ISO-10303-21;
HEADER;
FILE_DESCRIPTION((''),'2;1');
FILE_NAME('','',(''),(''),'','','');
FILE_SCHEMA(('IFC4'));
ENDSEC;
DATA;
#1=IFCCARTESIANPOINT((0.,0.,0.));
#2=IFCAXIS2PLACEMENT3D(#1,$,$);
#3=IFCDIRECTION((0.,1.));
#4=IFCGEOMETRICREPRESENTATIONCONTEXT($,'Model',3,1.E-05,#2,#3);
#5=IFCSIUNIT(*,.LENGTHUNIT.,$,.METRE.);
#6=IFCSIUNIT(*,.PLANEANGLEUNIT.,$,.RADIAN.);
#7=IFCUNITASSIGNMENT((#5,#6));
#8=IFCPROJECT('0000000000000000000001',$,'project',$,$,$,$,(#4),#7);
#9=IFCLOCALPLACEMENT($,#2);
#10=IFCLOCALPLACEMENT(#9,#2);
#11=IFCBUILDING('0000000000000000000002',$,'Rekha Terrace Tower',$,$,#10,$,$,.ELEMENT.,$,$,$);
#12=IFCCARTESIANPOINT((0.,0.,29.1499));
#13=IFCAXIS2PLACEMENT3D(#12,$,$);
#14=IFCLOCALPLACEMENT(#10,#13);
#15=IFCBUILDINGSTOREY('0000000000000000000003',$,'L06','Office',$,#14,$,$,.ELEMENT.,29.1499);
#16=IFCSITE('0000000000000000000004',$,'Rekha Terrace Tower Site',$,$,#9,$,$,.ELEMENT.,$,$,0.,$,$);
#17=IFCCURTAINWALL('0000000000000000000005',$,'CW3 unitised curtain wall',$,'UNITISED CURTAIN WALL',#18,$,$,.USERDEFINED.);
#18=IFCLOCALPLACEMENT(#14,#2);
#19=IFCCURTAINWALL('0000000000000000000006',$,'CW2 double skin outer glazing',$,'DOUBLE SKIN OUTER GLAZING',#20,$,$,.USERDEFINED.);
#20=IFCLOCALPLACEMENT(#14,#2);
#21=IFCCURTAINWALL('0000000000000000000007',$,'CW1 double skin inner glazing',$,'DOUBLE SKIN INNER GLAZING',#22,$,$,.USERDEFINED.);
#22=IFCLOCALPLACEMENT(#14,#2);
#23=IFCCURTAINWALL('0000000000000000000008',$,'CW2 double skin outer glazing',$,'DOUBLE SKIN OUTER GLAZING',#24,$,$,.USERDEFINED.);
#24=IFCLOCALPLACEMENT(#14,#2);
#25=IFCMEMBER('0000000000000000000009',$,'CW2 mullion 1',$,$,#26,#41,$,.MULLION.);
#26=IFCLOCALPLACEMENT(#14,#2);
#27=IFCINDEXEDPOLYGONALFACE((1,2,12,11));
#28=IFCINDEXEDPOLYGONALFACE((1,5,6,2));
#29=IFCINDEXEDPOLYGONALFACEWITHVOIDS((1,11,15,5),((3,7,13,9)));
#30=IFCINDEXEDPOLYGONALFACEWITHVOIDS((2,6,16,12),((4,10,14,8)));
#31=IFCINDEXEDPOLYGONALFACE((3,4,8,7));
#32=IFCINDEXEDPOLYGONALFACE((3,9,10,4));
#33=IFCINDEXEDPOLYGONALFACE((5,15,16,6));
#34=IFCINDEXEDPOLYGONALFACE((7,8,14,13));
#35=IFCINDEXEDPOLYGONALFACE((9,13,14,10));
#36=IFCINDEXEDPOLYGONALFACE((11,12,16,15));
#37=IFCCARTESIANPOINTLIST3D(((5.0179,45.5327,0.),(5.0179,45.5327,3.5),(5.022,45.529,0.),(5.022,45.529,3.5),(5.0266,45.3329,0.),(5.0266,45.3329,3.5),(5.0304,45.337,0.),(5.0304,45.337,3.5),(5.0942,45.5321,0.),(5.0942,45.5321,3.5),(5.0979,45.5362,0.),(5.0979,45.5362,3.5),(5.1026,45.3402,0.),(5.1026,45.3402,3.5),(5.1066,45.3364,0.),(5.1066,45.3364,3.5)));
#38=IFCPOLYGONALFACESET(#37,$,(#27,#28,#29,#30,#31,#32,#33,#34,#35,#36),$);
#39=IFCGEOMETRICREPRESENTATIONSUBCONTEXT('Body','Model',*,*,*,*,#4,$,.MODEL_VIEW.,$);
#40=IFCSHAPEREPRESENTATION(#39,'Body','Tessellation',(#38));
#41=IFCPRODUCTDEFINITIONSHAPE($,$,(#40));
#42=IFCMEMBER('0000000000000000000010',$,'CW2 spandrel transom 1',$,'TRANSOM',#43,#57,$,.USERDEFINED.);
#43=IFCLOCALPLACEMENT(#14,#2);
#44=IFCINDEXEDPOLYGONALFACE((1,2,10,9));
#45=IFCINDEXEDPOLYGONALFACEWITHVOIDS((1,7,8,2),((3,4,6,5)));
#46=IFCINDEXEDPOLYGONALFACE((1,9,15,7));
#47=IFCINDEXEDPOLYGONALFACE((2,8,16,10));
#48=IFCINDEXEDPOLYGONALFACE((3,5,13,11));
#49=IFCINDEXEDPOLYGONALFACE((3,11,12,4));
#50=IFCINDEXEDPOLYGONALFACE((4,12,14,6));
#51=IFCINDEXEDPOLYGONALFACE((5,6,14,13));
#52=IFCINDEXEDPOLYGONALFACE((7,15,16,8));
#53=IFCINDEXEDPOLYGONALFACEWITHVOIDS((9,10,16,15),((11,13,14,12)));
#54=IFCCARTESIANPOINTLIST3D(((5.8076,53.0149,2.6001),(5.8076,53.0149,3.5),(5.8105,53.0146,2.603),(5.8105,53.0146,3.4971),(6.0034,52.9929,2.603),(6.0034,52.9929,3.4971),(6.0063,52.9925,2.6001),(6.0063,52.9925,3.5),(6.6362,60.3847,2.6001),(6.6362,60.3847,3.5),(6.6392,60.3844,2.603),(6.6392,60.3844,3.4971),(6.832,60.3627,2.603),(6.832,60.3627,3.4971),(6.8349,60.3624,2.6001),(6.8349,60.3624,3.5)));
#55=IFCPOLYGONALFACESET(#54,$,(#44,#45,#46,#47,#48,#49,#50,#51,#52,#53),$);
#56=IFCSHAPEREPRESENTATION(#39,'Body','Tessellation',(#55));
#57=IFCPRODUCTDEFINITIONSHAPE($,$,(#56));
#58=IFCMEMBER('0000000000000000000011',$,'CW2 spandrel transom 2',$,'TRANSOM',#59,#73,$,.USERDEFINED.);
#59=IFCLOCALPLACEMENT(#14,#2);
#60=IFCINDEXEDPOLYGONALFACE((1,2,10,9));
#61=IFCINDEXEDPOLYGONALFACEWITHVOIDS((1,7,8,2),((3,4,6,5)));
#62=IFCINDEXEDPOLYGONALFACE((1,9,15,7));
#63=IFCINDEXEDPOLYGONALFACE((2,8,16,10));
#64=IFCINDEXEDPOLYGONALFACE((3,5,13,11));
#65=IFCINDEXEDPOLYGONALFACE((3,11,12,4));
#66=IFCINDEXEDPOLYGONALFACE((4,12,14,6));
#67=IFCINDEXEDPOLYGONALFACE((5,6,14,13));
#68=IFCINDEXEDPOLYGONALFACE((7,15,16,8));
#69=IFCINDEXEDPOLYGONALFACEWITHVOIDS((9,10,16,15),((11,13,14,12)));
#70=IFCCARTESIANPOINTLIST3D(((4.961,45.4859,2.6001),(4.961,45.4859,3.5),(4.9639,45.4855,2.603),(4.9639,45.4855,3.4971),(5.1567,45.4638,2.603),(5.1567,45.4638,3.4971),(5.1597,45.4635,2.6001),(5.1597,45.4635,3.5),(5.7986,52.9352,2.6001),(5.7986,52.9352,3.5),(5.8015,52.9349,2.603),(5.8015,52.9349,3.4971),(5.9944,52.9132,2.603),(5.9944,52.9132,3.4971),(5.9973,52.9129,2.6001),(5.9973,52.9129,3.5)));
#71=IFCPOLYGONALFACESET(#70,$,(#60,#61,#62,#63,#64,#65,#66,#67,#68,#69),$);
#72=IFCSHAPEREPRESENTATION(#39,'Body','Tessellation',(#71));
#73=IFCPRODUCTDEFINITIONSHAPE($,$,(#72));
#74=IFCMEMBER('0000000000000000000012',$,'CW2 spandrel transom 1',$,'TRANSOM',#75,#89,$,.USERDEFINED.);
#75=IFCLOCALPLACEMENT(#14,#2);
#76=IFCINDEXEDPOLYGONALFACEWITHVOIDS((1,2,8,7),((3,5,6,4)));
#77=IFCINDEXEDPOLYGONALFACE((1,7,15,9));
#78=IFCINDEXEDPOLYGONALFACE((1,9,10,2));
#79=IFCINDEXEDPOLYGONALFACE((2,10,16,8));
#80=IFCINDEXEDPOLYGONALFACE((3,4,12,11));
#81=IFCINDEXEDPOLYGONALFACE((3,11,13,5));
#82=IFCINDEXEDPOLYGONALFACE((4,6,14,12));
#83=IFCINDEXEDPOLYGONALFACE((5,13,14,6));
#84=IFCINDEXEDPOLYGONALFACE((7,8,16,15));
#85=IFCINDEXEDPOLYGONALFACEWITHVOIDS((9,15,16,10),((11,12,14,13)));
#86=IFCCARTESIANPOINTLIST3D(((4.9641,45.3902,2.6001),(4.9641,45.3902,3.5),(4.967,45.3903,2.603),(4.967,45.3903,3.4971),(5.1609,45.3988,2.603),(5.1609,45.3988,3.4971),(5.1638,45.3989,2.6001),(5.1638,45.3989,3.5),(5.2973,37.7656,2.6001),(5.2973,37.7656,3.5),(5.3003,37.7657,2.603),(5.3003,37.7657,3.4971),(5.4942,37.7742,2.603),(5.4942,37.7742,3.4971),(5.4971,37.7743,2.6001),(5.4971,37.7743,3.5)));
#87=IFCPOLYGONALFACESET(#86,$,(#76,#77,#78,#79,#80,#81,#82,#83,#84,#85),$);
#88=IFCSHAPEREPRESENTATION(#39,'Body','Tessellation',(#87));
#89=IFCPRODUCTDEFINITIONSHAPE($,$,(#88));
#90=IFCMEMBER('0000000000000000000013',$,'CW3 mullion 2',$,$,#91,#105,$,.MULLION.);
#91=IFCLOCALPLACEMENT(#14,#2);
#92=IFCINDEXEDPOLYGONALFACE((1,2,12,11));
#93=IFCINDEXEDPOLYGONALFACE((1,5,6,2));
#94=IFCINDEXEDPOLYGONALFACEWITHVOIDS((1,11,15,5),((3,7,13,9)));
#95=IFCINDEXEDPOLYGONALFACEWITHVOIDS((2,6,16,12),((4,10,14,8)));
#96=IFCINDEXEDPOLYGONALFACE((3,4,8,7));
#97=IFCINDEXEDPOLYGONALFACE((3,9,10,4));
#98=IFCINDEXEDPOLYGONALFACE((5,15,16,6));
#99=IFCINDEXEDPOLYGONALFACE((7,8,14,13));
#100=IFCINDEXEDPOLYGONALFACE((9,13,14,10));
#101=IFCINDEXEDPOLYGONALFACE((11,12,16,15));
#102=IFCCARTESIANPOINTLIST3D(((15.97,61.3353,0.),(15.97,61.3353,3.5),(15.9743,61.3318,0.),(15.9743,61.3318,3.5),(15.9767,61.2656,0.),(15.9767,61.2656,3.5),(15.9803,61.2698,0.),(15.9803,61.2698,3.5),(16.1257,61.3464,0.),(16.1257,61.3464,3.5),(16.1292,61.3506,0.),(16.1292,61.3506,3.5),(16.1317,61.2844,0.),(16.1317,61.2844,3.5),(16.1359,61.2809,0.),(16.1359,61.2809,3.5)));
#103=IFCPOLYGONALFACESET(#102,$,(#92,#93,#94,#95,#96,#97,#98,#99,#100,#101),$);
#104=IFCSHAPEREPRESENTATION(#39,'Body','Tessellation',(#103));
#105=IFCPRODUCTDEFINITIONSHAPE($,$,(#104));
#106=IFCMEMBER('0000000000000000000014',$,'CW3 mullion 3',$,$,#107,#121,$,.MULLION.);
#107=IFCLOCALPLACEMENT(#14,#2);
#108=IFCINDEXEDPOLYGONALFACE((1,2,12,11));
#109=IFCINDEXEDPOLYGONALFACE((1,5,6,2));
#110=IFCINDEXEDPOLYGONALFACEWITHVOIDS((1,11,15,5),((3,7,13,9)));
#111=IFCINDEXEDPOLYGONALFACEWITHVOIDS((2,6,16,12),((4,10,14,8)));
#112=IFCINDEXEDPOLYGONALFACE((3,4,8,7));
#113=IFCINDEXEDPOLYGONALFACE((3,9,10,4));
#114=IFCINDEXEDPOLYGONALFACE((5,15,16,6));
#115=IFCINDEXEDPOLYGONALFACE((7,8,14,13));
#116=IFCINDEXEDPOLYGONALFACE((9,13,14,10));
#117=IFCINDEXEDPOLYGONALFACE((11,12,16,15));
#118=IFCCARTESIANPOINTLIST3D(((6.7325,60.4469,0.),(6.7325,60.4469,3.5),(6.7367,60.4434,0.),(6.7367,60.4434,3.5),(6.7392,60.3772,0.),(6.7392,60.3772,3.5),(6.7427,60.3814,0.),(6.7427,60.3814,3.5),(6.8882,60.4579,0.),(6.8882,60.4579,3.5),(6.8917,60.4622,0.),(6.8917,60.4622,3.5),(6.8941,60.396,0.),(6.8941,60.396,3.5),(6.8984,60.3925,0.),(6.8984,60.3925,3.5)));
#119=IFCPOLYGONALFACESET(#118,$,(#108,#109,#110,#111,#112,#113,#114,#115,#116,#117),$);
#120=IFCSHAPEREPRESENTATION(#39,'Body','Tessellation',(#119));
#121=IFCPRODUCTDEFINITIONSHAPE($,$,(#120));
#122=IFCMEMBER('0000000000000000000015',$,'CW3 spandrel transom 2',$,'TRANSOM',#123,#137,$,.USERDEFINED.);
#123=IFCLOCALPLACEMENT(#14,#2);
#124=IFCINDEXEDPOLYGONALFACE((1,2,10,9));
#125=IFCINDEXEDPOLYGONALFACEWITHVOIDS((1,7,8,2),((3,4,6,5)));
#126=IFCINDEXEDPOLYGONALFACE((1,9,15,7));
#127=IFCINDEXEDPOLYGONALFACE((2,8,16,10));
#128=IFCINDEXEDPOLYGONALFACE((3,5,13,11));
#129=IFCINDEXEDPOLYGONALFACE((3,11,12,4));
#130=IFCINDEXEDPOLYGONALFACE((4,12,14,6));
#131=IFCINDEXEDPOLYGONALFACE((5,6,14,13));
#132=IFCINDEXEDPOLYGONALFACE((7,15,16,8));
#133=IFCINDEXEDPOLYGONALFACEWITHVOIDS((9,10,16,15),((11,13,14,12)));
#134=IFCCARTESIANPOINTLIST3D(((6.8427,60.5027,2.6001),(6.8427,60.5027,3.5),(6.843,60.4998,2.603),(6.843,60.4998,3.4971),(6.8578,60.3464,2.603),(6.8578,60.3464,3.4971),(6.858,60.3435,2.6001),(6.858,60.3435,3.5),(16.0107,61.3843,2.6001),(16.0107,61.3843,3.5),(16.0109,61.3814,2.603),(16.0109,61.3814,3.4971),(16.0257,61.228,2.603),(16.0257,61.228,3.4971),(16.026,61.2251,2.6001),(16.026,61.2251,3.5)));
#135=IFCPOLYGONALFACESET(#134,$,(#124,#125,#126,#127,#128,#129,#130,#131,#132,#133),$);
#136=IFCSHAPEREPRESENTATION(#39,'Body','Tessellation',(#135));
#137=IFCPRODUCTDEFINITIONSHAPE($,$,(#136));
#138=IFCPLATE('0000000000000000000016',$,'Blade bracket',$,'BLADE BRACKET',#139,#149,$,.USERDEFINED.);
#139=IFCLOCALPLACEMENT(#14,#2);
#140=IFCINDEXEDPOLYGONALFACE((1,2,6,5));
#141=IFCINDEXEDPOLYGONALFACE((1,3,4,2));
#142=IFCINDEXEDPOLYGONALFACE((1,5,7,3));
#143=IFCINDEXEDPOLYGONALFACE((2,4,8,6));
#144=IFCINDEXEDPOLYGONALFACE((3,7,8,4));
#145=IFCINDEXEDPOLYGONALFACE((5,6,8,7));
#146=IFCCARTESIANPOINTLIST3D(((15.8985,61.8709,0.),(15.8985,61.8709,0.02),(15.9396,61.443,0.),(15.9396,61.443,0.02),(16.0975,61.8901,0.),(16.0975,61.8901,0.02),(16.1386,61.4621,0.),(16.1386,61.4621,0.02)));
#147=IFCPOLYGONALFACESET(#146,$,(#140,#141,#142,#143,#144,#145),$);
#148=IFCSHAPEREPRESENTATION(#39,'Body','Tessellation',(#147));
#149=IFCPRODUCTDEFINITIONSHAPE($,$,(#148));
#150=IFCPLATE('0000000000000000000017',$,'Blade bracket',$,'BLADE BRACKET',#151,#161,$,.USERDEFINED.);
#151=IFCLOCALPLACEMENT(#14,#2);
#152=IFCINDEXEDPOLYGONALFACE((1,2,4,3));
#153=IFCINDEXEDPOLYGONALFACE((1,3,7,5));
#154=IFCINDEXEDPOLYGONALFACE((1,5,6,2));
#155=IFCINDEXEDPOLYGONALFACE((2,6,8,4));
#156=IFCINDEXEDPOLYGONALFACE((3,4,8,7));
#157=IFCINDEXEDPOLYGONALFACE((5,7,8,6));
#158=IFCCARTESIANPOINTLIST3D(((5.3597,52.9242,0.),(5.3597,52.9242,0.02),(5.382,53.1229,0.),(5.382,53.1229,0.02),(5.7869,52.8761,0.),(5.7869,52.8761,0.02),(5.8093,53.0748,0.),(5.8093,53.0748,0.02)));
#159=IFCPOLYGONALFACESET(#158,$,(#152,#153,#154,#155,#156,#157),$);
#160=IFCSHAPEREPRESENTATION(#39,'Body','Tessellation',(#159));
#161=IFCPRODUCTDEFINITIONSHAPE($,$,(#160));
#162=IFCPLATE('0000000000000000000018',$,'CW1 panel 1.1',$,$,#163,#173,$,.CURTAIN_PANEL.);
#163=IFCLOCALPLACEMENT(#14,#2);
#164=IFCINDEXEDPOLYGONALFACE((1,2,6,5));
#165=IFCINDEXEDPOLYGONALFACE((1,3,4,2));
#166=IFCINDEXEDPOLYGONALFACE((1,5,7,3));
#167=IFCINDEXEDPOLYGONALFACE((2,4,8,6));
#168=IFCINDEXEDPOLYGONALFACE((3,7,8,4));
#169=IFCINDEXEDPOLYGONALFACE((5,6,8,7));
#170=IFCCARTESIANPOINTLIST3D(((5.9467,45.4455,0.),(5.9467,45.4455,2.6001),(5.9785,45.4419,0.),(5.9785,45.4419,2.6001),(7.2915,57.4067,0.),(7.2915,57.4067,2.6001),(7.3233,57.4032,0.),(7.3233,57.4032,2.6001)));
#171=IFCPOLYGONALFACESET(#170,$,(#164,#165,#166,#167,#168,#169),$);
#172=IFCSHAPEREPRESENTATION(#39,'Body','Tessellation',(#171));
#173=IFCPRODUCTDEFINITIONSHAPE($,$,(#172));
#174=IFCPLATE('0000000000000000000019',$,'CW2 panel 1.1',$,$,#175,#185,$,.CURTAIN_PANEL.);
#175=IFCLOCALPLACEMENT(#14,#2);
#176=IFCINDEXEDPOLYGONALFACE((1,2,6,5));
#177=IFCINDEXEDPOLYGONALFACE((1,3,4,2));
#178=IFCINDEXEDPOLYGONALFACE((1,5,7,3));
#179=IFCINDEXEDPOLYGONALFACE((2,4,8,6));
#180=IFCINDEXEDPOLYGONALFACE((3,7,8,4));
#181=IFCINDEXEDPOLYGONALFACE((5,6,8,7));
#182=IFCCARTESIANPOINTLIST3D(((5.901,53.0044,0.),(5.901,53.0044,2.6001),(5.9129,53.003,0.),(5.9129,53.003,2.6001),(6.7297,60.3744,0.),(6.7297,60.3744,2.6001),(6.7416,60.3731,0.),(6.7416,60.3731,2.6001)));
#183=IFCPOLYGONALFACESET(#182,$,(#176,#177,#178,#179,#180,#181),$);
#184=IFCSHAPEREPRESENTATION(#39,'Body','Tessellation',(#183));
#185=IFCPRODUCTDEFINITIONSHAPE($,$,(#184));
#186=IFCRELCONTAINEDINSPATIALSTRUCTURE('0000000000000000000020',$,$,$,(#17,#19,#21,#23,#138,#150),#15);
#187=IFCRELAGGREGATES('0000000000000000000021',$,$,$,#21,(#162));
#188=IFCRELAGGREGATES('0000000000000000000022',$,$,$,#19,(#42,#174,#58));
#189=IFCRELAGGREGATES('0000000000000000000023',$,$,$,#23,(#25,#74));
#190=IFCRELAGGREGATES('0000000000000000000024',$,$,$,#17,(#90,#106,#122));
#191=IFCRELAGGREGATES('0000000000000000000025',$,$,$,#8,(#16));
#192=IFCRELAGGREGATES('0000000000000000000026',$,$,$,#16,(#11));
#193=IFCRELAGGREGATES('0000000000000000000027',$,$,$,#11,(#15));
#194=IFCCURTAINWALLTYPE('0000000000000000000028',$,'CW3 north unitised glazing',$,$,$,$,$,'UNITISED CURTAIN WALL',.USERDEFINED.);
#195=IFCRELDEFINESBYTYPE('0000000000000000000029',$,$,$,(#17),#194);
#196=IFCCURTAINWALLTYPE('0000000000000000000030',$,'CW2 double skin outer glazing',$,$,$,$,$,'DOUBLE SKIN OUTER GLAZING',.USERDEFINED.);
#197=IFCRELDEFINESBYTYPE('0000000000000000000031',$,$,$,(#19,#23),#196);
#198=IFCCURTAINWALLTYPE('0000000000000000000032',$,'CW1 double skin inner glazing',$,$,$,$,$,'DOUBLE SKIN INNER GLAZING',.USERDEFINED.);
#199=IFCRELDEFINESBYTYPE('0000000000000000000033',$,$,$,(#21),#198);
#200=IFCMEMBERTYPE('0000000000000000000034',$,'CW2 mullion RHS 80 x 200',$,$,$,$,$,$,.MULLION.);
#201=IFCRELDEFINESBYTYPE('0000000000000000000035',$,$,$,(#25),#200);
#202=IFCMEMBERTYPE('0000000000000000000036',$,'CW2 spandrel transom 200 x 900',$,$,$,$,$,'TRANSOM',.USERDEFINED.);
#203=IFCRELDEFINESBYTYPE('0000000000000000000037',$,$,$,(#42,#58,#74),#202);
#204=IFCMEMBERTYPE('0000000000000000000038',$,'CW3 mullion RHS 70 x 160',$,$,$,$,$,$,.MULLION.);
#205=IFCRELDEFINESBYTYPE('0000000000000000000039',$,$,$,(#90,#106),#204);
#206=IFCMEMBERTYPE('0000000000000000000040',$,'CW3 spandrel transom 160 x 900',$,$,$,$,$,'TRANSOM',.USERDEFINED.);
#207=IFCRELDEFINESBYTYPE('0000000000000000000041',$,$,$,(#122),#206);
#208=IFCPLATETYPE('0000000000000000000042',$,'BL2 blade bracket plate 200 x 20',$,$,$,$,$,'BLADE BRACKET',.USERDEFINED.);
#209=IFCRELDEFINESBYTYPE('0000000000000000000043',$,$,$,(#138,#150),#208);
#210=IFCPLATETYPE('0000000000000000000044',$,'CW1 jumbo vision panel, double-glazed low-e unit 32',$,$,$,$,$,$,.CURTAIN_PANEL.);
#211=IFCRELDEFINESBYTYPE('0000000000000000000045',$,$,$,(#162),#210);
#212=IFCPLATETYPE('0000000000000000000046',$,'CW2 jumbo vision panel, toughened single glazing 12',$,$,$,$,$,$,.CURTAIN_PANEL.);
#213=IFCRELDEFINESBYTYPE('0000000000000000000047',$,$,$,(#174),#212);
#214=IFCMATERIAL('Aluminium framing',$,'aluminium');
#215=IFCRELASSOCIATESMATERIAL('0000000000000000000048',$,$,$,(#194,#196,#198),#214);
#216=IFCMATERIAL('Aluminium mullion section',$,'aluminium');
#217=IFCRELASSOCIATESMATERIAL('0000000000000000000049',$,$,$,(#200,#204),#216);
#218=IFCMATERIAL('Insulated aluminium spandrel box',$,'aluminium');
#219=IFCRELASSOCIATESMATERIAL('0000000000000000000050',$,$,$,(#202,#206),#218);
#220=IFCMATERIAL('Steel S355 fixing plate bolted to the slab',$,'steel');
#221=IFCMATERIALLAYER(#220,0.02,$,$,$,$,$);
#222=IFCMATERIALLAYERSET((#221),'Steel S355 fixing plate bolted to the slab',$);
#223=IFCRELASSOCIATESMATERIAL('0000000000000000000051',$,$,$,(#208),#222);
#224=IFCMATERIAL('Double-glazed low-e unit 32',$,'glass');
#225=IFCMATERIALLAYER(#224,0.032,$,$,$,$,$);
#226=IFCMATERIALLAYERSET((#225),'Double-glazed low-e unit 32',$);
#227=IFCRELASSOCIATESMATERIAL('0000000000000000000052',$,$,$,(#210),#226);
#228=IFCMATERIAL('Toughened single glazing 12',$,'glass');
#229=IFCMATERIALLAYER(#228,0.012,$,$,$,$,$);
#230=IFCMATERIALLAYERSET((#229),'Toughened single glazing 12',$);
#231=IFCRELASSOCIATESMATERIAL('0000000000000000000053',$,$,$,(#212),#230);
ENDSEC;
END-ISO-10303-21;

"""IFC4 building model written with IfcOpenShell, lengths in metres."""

from ifc_helpers import new_model, si_unit, direction, frame, origin, origin_2d, place, context, subcontext, project, spatial, rectangle, hollow_rectangle, extrude, material, layer, layer_set, material_profile, profile_set, type_object, element, aggregate, save


model = new_model("IFC4")

# Units and contexts
model_context = context("Model", 3, precision=1e-05, world=origin(), true_north=direction((0.0, 1.0)))
body_context = subcontext(model_context, "Body", "Model", "MODEL_VIEW")
ifc_project = project(units=[si_unit("LENGTHUNIT", "METRE"), si_unit("PLANEANGLEUNIT", "RADIAN")], contexts=[model_context])

# Site, building, storey
site_placement = place(None, origin())
site = spatial("IfcSite", under=ifc_project, at=site_placement, Name="Rekha Terrace Tower Site", CompositionType="ELEMENT", RefElevation=0.0)
building_placement = place(site_placement, origin())
building = spatial("IfcBuilding", under=site, at=building_placement, Name="Rekha Terrace Tower", CompositionType="ELEMENT")
storey_placement = place(building_placement, frame((0.0, 0.0, 29.1499)))
storey = spatial("IfcBuildingStorey", under=building, at=storey_placement, Name="L06", Description="Office", CompositionType="ELEMENT", Elevation=29.1499)

# Curtain walls
ifc_material_1 = material(Name="Aluminium framing", Category="aluminium")
curtain_wall_type_1 = type_object("IfcCurtainWallType", Name="CW3 north unitised glazing", ElementType="UNITISED CURTAIN WALL", PredefinedType="USERDEFINED", material=ifc_material_1)
curtain_wall_1_placement = place(storey_placement, origin())
curtain_wall_1 = element("IfcCurtainWall", 1, at=curtain_wall_1_placement, inside=storey, type_object=curtain_wall_type_1, Name="CW3 unitised curtain wall", ObjectType="UNITISED CURTAIN WALL", PredefinedType="USERDEFINED")
curtain_wall_type_2 = type_object("IfcCurtainWallType", Name="CW2 double skin outer glazing", ElementType="DOUBLE SKIN OUTER GLAZING", PredefinedType="USERDEFINED", material=ifc_material_1)
curtain_wall_2_placement = place(storey_placement, origin())
curtain_wall_2 = element("IfcCurtainWall", 2, at=curtain_wall_2_placement, inside=storey, type_object=curtain_wall_type_2, Name="CW2 double skin outer glazing", ObjectType="DOUBLE SKIN OUTER GLAZING", PredefinedType="USERDEFINED")
curtain_wall_type_3 = type_object("IfcCurtainWallType", Name="CW1 double skin inner glazing", ElementType="DOUBLE SKIN INNER GLAZING", PredefinedType="USERDEFINED", material=ifc_material_1)
curtain_wall_3_placement = place(storey_placement, origin())
curtain_wall_3 = element("IfcCurtainWall", 3, at=curtain_wall_3_placement, inside=storey, type_object=curtain_wall_type_3, Name="CW1 double skin inner glazing", ObjectType="DOUBLE SKIN INNER GLAZING", PredefinedType="USERDEFINED")
ifc_material_2 = material(Name="Aluminium mullion section", Category="aluminium")

# Shared definitions
ifc_material_3 = material(Name="Insulated aluminium spandrel box", Category="aluminium")
ifc_material_profile_1 = material_profile(ifc_material_2, hollow_rectangle(XDim=0.0801, YDim=0.2, WallThickness=0.0039, at=origin_2d()), Name="AL RHS 80x200")
ifc_profile_set_1 = profile_set([ifc_material_profile_1], Name="Aluminium mullion section")
member_type_1 = type_object("IfcMemberType", Name="CW2 mullion RHS 80 x 200", PredefinedType="MULLION", material=ifc_profile_set_1)

# Curtain wall, member
curtain_wall_4_placement = place(storey_placement, origin())
curtain_wall_4 = element("IfcCurtainWall", 4, at=curtain_wall_4_placement, inside=storey, type_object=curtain_wall_type_2, Name="CW2 double skin outer glazing", ObjectType="DOUBLE SKIN OUTER GLAZING", PredefinedType="USERDEFINED")
member_1_placement = place(storey_placement, frame((5.0623, 45.4346, 0.0), z_axis=(0.0, 0.0, 1.0), x_axis=(0.999045, 0.043683, 0.0)))
member_1 = element("IfcMember", 5, at=member_1_placement, type_object=member_type_1, Name="CW2 mullion 1", PredefinedType="MULLION", context=body_context, shape_type="SweptSolid", body=[
    extrude(hollow_rectangle(XDim=0.0801, YDim=0.2, WallThickness=0.0039, at=origin_2d()), origin(), (0.0, 0.0, 1.0), 3.5),
])

# Members
ifc_material_profile_2 = material_profile(ifc_material_3, hollow_rectangle(XDim=0.2, YDim=0.8999, WallThickness=0.0029, at=origin_2d()), Name="AL SPANDREL BOX 200x900")
ifc_profile_set_2 = profile_set([ifc_material_profile_2], Name="Insulated aluminium spandrel box")
member_type_2 = type_object("IfcMemberType", Name="CW2 spandrel transom 200 x 900", ElementType="TRANSOM", PredefinedType="USERDEFINED", material=ifc_profile_set_2)
member_2_placement = place(storey_placement, frame((6.7356, 60.3735, 3.05), z_axis=(-0.111729, -0.993739, 0.0), x_axis=(0.993739, -0.111729, 0.0)))
member_2 = element("IfcMember", 6, at=member_2_placement, type_object=member_type_2, Name="CW2 spandrel transom 1", ObjectType="TRANSOM", PredefinedType="USERDEFINED", context=body_context, shape_type="SweptSolid", body=[
    extrude(hollow_rectangle(XDim=0.2, YDim=0.8999, WallThickness=0.0029, at=origin_2d()), origin(), (0.0, 0.0, 1.0), 7.4163),
])
member_3_placement = place(storey_placement, frame((5.8979, 52.9241, 3.05), z_axis=(-0.11174, -0.993738, 0.0), x_axis=(0.993738, -0.11174, 0.0)))
member_3 = element("IfcMember", 7, at=member_3_placement, type_object=member_type_2, Name="CW2 spandrel transom 2", ObjectType="TRANSOM", PredefinedType="USERDEFINED", context=body_context, shape_type="SweptSolid", body=[
    extrude(hollow_rectangle(XDim=0.2, YDim=0.8999, WallThickness=0.0029, at=origin_2d()), origin(), (0.0, 0.0, 1.0), 7.4963),
])
member_4_placement = place(storey_placement, frame((5.064, 45.3945, 3.05), z_axis=(0.043666, -0.999046, 0.0), x_axis=(0.999046, 0.043666, 0.0)))
member_4 = element("IfcMember", 8, at=member_4_placement, type_object=member_type_2, Name="CW2 spandrel transom 1", ObjectType="TRANSOM", PredefinedType="USERDEFINED", context=body_context, shape_type="SweptSolid", body=[
    extrude(hollow_rectangle(XDim=0.2, YDim=0.8999, WallThickness=0.0029, at=origin_2d()), origin(), (0.0, 0.0, 1.0), 7.6318),
])
ifc_material_profile_3 = material_profile(ifc_material_2, hollow_rectangle(XDim=0.0701, YDim=0.1599, WallThickness=0.0039, at=origin_2d()), Name="AL RHS 70x160")
ifc_profile_set_3 = profile_set([ifc_material_profile_3], Name="Aluminium mullion section")
member_type_3 = type_object("IfcMemberType", Name="CW3 mullion RHS 70 x 160", PredefinedType="MULLION", material=ifc_profile_set_3)
member_5_placement = place(storey_placement, frame((16.053, 61.3081, 0.0), z_axis=(0.0, 0.0, 1.0), x_axis=(0.095712, -0.995409, 0.0)))
member_5 = element("IfcMember", 9, at=member_5_placement, type_object=member_type_3, Name="CW3 mullion 2", PredefinedType="MULLION", context=body_context, shape_type="SweptSolid", body=[
    extrude(hollow_rectangle(XDim=0.0701, YDim=0.1599, WallThickness=0.0039, at=origin_2d()), origin(), (0.0, 0.0, 1.0), 3.5),
])
member_6_placement = place(storey_placement, frame((6.8154, 60.4197, 0.0), z_axis=(0.0, 0.0, 1.0), x_axis=(0.095712, -0.995409, 0.0)))
member_6 = element("IfcMember", 10, at=member_6_placement, type_object=member_type_3, Name="CW3 mullion 3", PredefinedType="MULLION", context=body_context, shape_type="SweptSolid", body=[
    extrude(hollow_rectangle(XDim=0.0701, YDim=0.1599, WallThickness=0.0039, at=origin_2d()), origin(), (0.0, 0.0, 1.0), 3.5),
])
ifc_material_profile_4 = material_profile(ifc_material_3, hollow_rectangle(XDim=0.1599, YDim=0.8999, WallThickness=0.0029, at=origin_2d()), Name="AL SPANDREL BOX 160x900")
ifc_profile_set_4 = profile_set([ifc_material_profile_4], Name="Insulated aluminium spandrel box")
member_type_4 = type_object("IfcMemberType", Name="CW3 spandrel transom 160 x 900", ElementType="TRANSOM", PredefinedType="USERDEFINED", material=ifc_profile_set_4)
member_7_placement = place(storey_placement, frame((16.0183, 61.3047, 3.05), z_axis=(-0.995408, -0.095718, 0.0), x_axis=(0.095718, -0.995408, 0.0)))
member_7 = element("IfcMember", 11, at=member_7_placement, type_object=member_type_4, Name="CW3 spandrel transom 2", ObjectType="TRANSOM", PredefinedType="USERDEFINED", context=body_context, shape_type="SweptSolid", body=[
    extrude(hollow_rectangle(XDim=0.1599, YDim=0.8999, WallThickness=0.0029, at=origin_2d()), origin(), (0.0, 0.0, 1.0), 9.2102),
])

# Plates
ifc_material_4 = material(Name="Steel S355 fixing plate bolted to the slab", Category="steel")
ifc_layer_1 = layer(ifc_material_4, 0.02)
ifc_layer_set_1 = layer_set([ifc_layer_1], Name="Steel S355 fixing plate bolted to the slab")
plate_type_1 = type_object("IfcPlateType", Name="BL2 blade bracket plate 200 x 20", ElementType="BLADE BRACKET", PredefinedType="USERDEFINED", material=ifc_layer_set_1)
for number, where, z_axis, x_axis, name in (
    (12, (16.0186, 61.6665, 0.0), (0.0, 0.0, 1.0), (-0.095712, 0.995409, 0.0), "Blade bracket"),
    (13, (5.5845, 52.9995, 0.0), (0.0, 0.0, 1.0), (-0.993739, 0.111729, 0.0), "Blade bracket"),
):
    element("IfcPlate", number, at=place(storey_placement, frame(where, z_axis=z_axis, x_axis=x_axis)), inside=storey, type_object=plate_type_1, Name=name, ObjectType="BLADE BRACKET", PredefinedType="USERDEFINED", context=body_context, shape_type="SweptSolid", body=[
        extrude(rectangle(XDim=0.4299, YDim=0.2, at=origin_2d()), origin(), (0.0, 0.0, 1.0), 0.02),
    ])

# Plates
ifc_material_5 = material(Name="Double-glazed low-e unit 32", Category="glass")
ifc_layer_2 = layer(ifc_material_5, 0.032)
ifc_layer_set_2 = layer_set([ifc_layer_2], Name="Double-glazed low-e unit 32")
plate_type_2 = type_object("IfcPlateType", Name="CW1 jumbo vision panel, double-glazed low-e unit 32", PredefinedType="CURTAIN_PANEL", material=ifc_layer_set_2)
plate_1_placement = place(storey_placement, frame((6.635, 51.4243, 0.0), z_axis=(0.0, 0.0, 1.0), x_axis=(-0.11173, -0.993739, 0.0)))
plate_1 = element("IfcPlate", 14, at=plate_1_placement, type_object=plate_type_2, Name="CW1 panel 1.1", PredefinedType="CURTAIN_PANEL", context=body_context, shape_type="SweptSolid", body=[
    extrude(rectangle(XDim=12.0366, YDim=0.032, at=origin_2d()), origin(), (0.0, 0.0, 1.0), 2.6001),
])
aggregate(curtain_wall_3, [plate_1])
ifc_material_6 = material(Name="Toughened single glazing 12", Category="glass")
ifc_layer_3 = layer(ifc_material_6, 0.012)
ifc_layer_set_3 = layer_set([ifc_layer_3], Name="Toughened single glazing 12")
plate_type_3 = type_object("IfcPlateType", Name="CW2 jumbo vision panel, toughened single glazing 12", PredefinedType="CURTAIN_PANEL", material=ifc_layer_set_3)
plate_2_placement = place(storey_placement, frame((6.3213, 56.6887, 0.0), z_axis=(0.0, 0.0, 1.0), x_axis=(-0.11173, -0.993739, 0.0)))
plate_2 = element("IfcPlate", 15, at=plate_2_placement, type_object=plate_type_3, Name="CW2 panel 1.1", PredefinedType="CURTAIN_PANEL", context=body_context, shape_type="SweptSolid", body=[
    extrude(rectangle(XDim=7.4165, YDim=0.012, at=origin_2d()), origin(), (0.0, 0.0, 1.0), 2.6001),
])
aggregate(curtain_wall_2, [member_2, plate_2, member_3])
aggregate(curtain_wall_4, [member_1, member_4])
aggregate(curtain_wall_1, [member_5, member_6, member_7])

save(model, "model.ifc")
